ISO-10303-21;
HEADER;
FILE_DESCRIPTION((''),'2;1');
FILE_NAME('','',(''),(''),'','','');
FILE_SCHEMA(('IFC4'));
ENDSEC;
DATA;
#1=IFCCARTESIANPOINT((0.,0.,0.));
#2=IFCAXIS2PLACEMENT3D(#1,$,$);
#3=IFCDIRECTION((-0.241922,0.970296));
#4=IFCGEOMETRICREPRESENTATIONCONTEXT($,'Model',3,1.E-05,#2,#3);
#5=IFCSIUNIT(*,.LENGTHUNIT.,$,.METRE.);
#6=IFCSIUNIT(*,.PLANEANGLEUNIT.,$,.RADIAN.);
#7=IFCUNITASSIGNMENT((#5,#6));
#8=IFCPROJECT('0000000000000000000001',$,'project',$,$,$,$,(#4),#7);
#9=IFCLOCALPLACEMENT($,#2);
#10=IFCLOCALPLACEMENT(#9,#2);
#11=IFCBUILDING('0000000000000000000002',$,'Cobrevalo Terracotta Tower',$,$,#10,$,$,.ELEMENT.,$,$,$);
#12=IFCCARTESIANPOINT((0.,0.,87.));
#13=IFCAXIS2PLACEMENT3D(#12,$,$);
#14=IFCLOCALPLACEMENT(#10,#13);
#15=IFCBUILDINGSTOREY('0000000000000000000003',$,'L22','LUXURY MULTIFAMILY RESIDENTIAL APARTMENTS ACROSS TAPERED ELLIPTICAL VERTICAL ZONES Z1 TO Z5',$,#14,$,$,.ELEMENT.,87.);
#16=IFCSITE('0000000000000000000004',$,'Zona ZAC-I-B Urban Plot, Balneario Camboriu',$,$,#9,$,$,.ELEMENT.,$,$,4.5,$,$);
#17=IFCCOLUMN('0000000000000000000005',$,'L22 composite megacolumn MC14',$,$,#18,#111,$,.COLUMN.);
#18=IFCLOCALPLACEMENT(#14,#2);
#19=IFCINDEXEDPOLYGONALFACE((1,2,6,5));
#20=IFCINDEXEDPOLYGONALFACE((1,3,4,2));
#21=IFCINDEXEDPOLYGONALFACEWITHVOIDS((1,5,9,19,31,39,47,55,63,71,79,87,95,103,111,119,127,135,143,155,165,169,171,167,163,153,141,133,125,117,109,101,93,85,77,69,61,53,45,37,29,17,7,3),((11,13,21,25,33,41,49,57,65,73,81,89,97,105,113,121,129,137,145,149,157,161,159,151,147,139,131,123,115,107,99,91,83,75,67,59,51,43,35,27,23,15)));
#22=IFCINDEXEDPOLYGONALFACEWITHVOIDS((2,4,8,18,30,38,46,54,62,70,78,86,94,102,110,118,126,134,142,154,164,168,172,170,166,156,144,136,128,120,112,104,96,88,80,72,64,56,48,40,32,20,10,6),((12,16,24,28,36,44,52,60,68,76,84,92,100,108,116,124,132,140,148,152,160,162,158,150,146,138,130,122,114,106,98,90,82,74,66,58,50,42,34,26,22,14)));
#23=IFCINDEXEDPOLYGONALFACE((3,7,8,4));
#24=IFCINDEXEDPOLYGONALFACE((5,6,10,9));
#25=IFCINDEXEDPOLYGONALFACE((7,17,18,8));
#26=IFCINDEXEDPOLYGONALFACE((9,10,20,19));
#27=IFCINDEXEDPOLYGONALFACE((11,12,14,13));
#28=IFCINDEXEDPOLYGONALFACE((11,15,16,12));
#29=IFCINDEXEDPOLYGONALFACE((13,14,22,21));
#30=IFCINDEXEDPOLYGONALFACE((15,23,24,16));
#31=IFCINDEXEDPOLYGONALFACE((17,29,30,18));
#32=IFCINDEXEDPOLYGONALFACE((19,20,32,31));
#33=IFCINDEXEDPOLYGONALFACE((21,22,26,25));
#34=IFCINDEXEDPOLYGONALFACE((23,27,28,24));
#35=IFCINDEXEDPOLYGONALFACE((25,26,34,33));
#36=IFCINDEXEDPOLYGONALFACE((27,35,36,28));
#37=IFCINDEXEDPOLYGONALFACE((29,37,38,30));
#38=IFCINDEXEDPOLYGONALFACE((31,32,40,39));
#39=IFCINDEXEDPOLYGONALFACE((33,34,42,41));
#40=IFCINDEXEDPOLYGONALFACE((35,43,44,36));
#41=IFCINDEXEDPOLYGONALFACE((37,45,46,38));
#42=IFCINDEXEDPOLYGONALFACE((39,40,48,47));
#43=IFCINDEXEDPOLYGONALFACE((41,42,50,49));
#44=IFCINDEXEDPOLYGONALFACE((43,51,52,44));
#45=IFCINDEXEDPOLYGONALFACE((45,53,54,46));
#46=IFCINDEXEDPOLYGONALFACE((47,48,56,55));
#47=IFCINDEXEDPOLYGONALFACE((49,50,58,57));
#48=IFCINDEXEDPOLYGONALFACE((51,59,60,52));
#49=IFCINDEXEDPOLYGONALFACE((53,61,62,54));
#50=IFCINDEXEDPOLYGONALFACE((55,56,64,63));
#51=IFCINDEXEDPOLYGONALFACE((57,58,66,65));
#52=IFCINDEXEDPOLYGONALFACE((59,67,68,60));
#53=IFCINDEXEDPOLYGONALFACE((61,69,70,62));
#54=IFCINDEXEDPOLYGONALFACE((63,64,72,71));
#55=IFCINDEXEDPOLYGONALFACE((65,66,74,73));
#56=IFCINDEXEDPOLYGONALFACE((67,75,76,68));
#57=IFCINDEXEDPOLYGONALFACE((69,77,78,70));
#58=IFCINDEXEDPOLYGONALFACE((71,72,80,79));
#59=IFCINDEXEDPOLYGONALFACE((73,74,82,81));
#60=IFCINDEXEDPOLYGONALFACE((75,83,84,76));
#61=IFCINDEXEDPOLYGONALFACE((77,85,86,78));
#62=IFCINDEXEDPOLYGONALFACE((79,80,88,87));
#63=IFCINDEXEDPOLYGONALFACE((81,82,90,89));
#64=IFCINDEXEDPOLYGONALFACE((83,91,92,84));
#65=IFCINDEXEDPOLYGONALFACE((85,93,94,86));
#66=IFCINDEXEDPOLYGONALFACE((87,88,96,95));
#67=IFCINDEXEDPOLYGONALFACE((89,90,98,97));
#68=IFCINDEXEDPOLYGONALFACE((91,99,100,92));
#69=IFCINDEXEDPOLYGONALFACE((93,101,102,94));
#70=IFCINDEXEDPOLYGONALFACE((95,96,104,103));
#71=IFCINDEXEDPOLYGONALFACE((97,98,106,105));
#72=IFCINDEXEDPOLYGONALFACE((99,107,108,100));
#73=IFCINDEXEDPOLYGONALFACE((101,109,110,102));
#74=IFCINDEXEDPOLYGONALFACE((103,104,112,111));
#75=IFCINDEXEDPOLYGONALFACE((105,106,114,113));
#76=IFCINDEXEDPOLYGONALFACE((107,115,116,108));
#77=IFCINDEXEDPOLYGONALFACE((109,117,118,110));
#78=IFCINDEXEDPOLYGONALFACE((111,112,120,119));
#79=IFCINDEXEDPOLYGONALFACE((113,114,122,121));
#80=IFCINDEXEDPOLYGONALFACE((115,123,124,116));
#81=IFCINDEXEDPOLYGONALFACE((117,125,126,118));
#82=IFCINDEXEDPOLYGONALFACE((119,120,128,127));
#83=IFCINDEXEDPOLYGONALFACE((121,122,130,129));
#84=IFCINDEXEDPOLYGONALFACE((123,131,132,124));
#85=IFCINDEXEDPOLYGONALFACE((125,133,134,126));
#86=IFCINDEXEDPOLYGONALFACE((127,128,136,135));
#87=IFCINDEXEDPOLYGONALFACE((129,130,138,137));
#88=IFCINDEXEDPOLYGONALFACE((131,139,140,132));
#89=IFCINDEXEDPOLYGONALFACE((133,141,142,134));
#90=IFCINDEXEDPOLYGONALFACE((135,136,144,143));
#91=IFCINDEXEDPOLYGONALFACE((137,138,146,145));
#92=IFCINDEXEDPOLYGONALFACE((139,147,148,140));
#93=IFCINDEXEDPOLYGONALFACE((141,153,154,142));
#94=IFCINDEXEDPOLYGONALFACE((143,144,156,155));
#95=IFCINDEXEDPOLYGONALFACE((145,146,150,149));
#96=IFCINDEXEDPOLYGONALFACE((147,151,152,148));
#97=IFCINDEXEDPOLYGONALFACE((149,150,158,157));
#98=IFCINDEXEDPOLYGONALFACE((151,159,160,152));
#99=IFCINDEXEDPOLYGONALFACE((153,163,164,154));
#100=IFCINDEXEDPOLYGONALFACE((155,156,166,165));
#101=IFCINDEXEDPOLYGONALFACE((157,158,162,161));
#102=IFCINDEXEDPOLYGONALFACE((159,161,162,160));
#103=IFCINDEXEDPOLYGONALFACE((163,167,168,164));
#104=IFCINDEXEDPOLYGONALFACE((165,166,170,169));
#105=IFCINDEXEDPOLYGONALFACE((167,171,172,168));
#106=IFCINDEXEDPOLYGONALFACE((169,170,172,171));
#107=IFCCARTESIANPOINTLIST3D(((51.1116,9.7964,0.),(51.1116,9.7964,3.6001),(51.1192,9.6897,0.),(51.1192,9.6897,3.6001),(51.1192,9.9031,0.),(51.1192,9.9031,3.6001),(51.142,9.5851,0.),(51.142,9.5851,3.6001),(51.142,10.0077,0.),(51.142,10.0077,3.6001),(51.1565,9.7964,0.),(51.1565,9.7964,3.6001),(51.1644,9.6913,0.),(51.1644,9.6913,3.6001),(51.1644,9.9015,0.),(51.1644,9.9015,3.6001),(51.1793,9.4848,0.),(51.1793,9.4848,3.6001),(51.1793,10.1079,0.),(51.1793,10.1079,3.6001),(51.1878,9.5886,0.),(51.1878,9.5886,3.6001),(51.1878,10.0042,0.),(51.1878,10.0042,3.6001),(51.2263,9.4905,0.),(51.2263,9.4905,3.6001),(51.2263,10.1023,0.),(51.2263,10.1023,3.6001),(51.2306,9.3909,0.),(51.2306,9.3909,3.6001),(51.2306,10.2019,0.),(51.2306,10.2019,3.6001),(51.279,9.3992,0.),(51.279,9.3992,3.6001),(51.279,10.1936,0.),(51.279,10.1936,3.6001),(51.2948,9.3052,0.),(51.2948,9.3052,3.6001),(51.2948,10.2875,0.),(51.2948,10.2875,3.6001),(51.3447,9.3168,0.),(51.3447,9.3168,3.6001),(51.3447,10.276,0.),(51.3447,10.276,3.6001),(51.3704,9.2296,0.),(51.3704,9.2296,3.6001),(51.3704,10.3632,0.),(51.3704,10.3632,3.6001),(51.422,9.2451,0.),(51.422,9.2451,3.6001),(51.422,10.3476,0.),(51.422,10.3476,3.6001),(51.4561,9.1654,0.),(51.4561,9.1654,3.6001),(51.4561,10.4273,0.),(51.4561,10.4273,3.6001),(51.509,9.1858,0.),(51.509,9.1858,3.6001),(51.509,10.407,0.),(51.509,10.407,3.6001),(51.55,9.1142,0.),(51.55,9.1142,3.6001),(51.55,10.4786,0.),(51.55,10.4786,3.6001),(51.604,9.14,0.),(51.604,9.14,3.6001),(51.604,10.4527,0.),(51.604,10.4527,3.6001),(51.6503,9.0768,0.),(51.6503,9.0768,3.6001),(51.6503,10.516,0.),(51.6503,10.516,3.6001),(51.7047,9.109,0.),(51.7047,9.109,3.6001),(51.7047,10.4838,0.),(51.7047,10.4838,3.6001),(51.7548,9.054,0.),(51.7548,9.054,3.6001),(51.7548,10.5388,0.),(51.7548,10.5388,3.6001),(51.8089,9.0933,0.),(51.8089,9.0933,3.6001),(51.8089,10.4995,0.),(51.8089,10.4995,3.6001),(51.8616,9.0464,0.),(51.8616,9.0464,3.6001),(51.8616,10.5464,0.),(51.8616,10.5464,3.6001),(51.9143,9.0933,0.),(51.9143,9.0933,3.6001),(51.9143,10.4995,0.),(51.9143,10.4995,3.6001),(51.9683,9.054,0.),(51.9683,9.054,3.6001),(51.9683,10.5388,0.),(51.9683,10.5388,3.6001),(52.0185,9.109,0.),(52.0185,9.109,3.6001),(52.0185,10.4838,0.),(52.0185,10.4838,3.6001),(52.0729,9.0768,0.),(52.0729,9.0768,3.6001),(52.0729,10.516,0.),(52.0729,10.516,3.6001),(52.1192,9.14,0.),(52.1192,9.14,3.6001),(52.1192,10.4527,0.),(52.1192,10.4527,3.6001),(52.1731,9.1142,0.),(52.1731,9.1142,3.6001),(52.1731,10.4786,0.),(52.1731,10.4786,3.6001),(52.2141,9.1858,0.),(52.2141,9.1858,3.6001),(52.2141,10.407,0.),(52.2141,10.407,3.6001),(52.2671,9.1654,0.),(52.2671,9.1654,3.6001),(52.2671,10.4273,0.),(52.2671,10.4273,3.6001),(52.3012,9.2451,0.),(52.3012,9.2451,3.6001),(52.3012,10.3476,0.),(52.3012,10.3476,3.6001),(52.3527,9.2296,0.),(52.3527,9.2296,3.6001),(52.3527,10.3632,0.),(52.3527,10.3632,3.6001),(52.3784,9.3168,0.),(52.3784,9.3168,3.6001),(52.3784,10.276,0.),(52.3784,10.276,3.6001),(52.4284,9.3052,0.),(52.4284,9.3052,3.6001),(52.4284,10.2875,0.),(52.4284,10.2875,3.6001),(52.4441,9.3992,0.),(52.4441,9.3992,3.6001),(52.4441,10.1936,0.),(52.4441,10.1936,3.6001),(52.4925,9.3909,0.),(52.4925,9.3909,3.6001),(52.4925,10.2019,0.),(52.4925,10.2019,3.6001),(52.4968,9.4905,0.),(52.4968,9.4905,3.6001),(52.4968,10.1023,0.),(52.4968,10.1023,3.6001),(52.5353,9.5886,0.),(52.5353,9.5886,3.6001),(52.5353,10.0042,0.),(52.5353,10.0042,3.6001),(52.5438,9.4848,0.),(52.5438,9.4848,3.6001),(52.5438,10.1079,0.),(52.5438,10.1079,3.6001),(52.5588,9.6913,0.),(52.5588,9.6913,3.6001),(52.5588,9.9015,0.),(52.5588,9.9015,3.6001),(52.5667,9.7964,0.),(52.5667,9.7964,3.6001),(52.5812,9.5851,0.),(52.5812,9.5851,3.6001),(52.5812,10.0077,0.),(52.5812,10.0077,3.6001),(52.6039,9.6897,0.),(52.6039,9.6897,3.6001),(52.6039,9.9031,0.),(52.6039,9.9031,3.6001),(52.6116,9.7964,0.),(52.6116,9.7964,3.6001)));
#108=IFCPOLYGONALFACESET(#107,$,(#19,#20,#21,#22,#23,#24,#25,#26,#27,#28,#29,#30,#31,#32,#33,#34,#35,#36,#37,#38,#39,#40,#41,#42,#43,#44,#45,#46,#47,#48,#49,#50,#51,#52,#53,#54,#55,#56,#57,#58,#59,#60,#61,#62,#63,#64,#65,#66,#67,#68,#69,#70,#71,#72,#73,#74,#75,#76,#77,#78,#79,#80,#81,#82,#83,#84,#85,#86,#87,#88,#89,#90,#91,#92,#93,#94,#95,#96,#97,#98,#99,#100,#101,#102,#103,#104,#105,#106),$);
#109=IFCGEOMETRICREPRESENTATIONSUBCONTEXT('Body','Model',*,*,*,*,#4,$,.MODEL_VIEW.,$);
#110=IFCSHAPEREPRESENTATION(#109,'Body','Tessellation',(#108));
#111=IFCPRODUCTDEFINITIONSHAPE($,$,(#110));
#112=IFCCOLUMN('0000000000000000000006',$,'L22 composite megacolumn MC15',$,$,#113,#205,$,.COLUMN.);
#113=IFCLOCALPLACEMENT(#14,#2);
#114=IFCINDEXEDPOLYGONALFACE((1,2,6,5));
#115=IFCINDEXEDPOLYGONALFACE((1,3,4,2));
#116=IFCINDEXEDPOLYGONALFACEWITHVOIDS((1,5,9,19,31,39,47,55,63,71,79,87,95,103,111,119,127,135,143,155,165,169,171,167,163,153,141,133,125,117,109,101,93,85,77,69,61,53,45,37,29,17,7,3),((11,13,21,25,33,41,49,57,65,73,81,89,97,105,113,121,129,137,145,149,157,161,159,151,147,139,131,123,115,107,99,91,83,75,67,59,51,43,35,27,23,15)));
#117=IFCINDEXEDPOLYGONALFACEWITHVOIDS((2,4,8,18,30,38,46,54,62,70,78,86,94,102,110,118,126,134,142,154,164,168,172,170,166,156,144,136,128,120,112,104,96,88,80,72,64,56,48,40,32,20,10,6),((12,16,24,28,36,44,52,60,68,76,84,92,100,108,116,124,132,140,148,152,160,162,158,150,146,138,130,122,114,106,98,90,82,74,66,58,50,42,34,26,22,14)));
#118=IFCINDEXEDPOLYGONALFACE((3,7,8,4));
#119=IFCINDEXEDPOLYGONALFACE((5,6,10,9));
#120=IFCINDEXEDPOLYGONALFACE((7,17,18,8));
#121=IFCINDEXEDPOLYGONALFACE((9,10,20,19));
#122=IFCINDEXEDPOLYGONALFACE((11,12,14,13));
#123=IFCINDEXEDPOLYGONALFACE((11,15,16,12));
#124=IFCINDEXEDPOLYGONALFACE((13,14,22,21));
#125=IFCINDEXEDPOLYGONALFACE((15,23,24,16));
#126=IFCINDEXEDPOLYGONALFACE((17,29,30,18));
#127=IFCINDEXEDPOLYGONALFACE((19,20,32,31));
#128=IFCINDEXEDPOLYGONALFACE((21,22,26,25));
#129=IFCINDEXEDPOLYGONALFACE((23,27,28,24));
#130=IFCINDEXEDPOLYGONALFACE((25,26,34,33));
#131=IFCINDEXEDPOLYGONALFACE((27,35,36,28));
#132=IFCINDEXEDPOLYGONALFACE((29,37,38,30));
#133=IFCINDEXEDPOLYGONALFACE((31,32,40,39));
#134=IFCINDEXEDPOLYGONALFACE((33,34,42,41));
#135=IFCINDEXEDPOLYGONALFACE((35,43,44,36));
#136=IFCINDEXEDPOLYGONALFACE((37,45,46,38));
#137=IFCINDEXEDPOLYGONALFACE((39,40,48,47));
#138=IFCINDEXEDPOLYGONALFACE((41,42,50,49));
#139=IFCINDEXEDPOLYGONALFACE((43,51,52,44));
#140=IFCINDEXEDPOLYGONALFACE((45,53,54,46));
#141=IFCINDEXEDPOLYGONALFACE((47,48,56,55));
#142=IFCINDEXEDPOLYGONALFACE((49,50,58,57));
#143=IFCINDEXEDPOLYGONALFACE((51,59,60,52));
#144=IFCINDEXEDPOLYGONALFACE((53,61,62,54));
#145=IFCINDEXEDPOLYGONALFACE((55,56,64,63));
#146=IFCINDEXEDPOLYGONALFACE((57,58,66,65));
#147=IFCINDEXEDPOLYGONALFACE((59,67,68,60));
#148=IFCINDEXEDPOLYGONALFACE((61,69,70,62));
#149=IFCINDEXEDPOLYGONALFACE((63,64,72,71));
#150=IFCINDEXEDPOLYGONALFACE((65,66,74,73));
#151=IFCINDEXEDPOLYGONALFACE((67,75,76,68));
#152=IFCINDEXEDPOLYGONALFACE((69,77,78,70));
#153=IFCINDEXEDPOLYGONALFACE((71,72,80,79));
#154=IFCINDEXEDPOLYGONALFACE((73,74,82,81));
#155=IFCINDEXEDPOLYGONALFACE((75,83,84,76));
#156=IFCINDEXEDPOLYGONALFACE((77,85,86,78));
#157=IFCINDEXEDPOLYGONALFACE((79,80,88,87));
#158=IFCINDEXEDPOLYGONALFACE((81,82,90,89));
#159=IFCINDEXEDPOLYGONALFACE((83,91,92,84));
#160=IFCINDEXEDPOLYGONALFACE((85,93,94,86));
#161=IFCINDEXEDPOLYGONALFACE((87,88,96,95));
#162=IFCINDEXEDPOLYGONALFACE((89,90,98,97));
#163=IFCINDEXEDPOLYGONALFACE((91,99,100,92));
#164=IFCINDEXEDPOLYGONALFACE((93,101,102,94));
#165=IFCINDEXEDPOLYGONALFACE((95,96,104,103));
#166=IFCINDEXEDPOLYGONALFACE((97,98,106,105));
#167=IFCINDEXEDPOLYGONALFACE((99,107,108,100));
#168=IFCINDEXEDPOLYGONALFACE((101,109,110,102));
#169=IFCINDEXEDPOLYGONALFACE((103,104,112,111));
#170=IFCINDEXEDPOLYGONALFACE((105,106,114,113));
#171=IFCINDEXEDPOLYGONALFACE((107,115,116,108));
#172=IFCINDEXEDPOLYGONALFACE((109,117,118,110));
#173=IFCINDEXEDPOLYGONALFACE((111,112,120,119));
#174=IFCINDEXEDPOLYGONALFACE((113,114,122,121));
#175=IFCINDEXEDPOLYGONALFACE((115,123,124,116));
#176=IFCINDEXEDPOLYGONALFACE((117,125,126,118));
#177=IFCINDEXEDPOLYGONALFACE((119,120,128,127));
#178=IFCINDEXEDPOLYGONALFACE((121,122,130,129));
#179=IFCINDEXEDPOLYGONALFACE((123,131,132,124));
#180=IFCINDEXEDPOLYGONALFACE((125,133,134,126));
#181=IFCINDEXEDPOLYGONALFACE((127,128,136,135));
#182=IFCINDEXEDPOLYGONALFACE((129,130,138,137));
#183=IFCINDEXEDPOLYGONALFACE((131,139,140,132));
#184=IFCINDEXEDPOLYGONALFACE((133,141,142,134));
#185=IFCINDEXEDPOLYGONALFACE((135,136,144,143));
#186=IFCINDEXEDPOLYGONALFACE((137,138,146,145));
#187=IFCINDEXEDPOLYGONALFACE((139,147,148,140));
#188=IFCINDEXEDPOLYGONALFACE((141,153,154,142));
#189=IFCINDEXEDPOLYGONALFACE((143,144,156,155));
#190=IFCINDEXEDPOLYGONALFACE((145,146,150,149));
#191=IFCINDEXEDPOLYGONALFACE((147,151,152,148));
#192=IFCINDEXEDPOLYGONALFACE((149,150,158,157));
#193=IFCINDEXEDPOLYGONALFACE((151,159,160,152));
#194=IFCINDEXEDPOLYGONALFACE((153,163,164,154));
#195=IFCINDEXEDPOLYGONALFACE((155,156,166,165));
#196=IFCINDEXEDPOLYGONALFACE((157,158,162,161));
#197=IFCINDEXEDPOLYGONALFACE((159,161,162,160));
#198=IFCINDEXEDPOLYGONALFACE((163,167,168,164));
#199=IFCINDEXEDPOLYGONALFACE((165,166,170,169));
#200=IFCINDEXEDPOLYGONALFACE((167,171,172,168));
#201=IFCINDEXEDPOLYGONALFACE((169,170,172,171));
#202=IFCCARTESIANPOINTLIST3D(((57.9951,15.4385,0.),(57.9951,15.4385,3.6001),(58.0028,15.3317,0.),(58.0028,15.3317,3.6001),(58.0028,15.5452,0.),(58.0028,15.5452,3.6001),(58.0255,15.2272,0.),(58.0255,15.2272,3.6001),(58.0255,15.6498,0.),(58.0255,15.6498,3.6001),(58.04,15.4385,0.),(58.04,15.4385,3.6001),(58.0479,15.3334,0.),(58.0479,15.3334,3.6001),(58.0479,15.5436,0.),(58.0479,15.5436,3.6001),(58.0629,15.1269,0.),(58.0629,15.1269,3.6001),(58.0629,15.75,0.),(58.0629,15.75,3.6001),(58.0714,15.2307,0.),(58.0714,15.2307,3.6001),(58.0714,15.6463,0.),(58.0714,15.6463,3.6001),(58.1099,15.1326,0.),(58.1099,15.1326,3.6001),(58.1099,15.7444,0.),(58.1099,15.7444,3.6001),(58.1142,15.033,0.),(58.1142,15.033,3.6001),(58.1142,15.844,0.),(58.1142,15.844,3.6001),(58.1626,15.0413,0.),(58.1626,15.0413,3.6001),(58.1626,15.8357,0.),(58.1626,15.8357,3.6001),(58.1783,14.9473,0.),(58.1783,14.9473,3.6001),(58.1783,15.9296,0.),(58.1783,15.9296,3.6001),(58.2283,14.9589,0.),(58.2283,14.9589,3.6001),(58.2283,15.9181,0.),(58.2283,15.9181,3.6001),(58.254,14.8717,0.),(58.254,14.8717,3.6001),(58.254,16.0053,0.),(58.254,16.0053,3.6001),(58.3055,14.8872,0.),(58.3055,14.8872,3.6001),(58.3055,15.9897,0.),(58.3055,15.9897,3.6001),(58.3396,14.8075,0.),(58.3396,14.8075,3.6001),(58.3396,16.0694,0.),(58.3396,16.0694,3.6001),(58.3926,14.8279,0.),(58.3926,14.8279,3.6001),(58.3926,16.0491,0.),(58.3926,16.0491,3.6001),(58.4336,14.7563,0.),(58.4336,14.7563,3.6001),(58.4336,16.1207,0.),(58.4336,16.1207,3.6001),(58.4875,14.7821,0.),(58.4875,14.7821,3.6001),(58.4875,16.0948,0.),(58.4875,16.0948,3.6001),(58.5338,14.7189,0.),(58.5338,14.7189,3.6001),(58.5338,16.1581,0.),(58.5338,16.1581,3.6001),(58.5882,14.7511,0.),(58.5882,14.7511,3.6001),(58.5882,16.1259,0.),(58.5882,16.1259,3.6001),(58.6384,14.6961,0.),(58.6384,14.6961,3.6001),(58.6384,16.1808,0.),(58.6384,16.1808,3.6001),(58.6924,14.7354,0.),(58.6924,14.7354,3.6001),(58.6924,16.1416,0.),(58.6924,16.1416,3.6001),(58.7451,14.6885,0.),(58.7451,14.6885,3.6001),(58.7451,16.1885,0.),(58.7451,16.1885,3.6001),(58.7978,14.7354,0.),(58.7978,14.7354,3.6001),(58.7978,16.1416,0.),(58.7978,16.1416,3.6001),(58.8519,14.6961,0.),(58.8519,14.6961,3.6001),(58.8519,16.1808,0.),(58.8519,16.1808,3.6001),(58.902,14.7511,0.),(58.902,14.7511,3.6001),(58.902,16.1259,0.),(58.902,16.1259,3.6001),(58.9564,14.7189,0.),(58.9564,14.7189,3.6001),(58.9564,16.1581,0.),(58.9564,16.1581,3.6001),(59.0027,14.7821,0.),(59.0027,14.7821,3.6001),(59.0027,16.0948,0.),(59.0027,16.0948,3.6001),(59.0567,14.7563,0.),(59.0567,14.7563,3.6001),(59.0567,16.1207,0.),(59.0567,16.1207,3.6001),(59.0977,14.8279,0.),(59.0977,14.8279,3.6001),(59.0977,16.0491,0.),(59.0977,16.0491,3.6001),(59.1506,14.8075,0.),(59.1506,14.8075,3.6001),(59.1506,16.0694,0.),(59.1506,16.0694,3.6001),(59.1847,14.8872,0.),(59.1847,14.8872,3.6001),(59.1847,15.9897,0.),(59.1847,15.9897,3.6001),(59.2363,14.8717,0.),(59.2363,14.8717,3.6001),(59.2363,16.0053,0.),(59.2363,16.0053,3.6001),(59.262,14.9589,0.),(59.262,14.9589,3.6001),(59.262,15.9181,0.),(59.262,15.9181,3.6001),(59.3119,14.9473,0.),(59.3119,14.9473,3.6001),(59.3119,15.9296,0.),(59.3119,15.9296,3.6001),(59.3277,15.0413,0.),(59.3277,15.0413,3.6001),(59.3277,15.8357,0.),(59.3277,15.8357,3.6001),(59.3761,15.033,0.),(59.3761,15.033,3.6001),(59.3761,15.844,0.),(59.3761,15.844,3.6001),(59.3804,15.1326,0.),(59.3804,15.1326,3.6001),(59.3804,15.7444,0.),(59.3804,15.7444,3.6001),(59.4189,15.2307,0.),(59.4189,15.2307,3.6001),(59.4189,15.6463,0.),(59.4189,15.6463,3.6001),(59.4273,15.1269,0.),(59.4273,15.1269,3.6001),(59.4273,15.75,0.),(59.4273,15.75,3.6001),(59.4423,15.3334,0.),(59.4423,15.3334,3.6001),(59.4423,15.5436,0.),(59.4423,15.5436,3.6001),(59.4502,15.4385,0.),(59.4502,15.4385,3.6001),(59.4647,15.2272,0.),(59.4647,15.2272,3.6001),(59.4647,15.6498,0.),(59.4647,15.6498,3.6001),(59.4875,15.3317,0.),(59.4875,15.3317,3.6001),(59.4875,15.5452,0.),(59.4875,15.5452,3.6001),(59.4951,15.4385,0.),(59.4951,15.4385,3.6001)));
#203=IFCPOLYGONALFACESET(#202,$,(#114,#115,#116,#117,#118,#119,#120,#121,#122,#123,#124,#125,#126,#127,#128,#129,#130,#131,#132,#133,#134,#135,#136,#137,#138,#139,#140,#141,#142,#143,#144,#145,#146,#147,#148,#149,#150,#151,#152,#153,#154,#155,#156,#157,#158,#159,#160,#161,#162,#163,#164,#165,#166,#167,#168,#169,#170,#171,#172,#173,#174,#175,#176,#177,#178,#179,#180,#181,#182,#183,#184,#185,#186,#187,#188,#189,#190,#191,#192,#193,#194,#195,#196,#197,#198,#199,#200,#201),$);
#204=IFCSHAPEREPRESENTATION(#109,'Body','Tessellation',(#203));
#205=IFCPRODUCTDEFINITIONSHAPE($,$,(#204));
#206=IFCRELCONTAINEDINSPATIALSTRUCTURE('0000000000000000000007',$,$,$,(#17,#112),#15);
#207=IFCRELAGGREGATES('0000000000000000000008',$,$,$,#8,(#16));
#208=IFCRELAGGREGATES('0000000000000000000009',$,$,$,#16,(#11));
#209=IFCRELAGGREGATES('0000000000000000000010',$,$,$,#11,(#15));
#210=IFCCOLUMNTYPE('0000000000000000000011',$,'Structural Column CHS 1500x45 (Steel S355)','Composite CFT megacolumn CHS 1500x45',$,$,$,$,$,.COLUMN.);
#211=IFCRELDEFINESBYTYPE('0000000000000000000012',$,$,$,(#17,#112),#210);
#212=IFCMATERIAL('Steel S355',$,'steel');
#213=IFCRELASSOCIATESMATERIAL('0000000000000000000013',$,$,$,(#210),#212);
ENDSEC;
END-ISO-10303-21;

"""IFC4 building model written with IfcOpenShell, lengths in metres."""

from ifc_helpers import new_model, si_unit, direction, frame, origin, origin_2d, place, context, subcontext, project, spatial, hollow_circle, extrude, material, material_profile, profile_set, type_object, element, save


model = new_model("IFC4")

# Units and contexts
model_context = context("Model", 3, precision=1e-05, world=origin(), true_north=direction((-0.241922, 0.970296)))
body_context = subcontext(model_context, "Body", "Model", "MODEL_VIEW")
ifc_project = project(units=[si_unit("LENGTHUNIT", "METRE"), si_unit("PLANEANGLEUNIT", "RADIAN")], contexts=[model_context])

# Site, building, storey
site_placement = place(None, origin())
site = spatial("IfcSite", under=ifc_project, at=site_placement, Name="Zona ZAC-I-B Urban Plot, Balneario Camboriu", CompositionType="ELEMENT", RefElevation=4.5)
building_placement = place(site_placement, origin())
building = spatial("IfcBuilding", under=site, at=building_placement, Name="Cobrevalo Terracotta Tower", CompositionType="ELEMENT")
storey_placement = place(building_placement, frame((0.0, 0.0, 87.0)))
storey = spatial("IfcBuildingStorey", under=building, at=storey_placement, Name="L22", Description="LUXURY MULTIFAMILY RESIDENTIAL APARTMENTS ACROSS TAPERED ELLIPTICAL VERTICAL ZONES Z1 TO Z5", CompositionType="ELEMENT", Elevation=87.0)

# Columns
ifc_material_1 = material(Name="Steel S355", Category="steel")
ifc_material_profile_1 = material_profile(ifc_material_1, hollow_circle(Radius=0.75, WallThickness=0.0449, at=origin_2d()), Name="CHS 1500x45")
ifc_profile_set_1 = profile_set([ifc_material_profile_1], Name="Steel S355")
column_type = type_object("IfcColumnType", Name="Structural Column CHS 1500x45 (Steel S355)", Description="Composite CFT megacolumn CHS 1500x45", PredefinedType="COLUMN", material=ifc_profile_set_1)
for number, where, z_axis, x_axis, name in (
    (1, (51.8616, 9.7964, 0.0), (0.0, 0.0, 1.0), (1.0, 0.0, 0.0), "L22 composite megacolumn MC14"),
    (2, (58.7451, 15.4385, 0.0), (0.0, 0.0, 1.0), (1.0, 0.0, 0.0), "L22 composite megacolumn MC15"),
):
    element("IfcColumn", number, at=place(storey_placement, frame(where, z_axis=z_axis, x_axis=x_axis)), inside=storey, type_object=column_type, Name=name, PredefinedType="COLUMN", context=body_context, shape_type="SweptSolid", body=[
        extrude(hollow_circle(Radius=0.75, WallThickness=0.0449, at=origin_2d()), origin(), (0.0, 0.0, 1.0), 3.6001),
    ])

save(model, "model.ifc")
